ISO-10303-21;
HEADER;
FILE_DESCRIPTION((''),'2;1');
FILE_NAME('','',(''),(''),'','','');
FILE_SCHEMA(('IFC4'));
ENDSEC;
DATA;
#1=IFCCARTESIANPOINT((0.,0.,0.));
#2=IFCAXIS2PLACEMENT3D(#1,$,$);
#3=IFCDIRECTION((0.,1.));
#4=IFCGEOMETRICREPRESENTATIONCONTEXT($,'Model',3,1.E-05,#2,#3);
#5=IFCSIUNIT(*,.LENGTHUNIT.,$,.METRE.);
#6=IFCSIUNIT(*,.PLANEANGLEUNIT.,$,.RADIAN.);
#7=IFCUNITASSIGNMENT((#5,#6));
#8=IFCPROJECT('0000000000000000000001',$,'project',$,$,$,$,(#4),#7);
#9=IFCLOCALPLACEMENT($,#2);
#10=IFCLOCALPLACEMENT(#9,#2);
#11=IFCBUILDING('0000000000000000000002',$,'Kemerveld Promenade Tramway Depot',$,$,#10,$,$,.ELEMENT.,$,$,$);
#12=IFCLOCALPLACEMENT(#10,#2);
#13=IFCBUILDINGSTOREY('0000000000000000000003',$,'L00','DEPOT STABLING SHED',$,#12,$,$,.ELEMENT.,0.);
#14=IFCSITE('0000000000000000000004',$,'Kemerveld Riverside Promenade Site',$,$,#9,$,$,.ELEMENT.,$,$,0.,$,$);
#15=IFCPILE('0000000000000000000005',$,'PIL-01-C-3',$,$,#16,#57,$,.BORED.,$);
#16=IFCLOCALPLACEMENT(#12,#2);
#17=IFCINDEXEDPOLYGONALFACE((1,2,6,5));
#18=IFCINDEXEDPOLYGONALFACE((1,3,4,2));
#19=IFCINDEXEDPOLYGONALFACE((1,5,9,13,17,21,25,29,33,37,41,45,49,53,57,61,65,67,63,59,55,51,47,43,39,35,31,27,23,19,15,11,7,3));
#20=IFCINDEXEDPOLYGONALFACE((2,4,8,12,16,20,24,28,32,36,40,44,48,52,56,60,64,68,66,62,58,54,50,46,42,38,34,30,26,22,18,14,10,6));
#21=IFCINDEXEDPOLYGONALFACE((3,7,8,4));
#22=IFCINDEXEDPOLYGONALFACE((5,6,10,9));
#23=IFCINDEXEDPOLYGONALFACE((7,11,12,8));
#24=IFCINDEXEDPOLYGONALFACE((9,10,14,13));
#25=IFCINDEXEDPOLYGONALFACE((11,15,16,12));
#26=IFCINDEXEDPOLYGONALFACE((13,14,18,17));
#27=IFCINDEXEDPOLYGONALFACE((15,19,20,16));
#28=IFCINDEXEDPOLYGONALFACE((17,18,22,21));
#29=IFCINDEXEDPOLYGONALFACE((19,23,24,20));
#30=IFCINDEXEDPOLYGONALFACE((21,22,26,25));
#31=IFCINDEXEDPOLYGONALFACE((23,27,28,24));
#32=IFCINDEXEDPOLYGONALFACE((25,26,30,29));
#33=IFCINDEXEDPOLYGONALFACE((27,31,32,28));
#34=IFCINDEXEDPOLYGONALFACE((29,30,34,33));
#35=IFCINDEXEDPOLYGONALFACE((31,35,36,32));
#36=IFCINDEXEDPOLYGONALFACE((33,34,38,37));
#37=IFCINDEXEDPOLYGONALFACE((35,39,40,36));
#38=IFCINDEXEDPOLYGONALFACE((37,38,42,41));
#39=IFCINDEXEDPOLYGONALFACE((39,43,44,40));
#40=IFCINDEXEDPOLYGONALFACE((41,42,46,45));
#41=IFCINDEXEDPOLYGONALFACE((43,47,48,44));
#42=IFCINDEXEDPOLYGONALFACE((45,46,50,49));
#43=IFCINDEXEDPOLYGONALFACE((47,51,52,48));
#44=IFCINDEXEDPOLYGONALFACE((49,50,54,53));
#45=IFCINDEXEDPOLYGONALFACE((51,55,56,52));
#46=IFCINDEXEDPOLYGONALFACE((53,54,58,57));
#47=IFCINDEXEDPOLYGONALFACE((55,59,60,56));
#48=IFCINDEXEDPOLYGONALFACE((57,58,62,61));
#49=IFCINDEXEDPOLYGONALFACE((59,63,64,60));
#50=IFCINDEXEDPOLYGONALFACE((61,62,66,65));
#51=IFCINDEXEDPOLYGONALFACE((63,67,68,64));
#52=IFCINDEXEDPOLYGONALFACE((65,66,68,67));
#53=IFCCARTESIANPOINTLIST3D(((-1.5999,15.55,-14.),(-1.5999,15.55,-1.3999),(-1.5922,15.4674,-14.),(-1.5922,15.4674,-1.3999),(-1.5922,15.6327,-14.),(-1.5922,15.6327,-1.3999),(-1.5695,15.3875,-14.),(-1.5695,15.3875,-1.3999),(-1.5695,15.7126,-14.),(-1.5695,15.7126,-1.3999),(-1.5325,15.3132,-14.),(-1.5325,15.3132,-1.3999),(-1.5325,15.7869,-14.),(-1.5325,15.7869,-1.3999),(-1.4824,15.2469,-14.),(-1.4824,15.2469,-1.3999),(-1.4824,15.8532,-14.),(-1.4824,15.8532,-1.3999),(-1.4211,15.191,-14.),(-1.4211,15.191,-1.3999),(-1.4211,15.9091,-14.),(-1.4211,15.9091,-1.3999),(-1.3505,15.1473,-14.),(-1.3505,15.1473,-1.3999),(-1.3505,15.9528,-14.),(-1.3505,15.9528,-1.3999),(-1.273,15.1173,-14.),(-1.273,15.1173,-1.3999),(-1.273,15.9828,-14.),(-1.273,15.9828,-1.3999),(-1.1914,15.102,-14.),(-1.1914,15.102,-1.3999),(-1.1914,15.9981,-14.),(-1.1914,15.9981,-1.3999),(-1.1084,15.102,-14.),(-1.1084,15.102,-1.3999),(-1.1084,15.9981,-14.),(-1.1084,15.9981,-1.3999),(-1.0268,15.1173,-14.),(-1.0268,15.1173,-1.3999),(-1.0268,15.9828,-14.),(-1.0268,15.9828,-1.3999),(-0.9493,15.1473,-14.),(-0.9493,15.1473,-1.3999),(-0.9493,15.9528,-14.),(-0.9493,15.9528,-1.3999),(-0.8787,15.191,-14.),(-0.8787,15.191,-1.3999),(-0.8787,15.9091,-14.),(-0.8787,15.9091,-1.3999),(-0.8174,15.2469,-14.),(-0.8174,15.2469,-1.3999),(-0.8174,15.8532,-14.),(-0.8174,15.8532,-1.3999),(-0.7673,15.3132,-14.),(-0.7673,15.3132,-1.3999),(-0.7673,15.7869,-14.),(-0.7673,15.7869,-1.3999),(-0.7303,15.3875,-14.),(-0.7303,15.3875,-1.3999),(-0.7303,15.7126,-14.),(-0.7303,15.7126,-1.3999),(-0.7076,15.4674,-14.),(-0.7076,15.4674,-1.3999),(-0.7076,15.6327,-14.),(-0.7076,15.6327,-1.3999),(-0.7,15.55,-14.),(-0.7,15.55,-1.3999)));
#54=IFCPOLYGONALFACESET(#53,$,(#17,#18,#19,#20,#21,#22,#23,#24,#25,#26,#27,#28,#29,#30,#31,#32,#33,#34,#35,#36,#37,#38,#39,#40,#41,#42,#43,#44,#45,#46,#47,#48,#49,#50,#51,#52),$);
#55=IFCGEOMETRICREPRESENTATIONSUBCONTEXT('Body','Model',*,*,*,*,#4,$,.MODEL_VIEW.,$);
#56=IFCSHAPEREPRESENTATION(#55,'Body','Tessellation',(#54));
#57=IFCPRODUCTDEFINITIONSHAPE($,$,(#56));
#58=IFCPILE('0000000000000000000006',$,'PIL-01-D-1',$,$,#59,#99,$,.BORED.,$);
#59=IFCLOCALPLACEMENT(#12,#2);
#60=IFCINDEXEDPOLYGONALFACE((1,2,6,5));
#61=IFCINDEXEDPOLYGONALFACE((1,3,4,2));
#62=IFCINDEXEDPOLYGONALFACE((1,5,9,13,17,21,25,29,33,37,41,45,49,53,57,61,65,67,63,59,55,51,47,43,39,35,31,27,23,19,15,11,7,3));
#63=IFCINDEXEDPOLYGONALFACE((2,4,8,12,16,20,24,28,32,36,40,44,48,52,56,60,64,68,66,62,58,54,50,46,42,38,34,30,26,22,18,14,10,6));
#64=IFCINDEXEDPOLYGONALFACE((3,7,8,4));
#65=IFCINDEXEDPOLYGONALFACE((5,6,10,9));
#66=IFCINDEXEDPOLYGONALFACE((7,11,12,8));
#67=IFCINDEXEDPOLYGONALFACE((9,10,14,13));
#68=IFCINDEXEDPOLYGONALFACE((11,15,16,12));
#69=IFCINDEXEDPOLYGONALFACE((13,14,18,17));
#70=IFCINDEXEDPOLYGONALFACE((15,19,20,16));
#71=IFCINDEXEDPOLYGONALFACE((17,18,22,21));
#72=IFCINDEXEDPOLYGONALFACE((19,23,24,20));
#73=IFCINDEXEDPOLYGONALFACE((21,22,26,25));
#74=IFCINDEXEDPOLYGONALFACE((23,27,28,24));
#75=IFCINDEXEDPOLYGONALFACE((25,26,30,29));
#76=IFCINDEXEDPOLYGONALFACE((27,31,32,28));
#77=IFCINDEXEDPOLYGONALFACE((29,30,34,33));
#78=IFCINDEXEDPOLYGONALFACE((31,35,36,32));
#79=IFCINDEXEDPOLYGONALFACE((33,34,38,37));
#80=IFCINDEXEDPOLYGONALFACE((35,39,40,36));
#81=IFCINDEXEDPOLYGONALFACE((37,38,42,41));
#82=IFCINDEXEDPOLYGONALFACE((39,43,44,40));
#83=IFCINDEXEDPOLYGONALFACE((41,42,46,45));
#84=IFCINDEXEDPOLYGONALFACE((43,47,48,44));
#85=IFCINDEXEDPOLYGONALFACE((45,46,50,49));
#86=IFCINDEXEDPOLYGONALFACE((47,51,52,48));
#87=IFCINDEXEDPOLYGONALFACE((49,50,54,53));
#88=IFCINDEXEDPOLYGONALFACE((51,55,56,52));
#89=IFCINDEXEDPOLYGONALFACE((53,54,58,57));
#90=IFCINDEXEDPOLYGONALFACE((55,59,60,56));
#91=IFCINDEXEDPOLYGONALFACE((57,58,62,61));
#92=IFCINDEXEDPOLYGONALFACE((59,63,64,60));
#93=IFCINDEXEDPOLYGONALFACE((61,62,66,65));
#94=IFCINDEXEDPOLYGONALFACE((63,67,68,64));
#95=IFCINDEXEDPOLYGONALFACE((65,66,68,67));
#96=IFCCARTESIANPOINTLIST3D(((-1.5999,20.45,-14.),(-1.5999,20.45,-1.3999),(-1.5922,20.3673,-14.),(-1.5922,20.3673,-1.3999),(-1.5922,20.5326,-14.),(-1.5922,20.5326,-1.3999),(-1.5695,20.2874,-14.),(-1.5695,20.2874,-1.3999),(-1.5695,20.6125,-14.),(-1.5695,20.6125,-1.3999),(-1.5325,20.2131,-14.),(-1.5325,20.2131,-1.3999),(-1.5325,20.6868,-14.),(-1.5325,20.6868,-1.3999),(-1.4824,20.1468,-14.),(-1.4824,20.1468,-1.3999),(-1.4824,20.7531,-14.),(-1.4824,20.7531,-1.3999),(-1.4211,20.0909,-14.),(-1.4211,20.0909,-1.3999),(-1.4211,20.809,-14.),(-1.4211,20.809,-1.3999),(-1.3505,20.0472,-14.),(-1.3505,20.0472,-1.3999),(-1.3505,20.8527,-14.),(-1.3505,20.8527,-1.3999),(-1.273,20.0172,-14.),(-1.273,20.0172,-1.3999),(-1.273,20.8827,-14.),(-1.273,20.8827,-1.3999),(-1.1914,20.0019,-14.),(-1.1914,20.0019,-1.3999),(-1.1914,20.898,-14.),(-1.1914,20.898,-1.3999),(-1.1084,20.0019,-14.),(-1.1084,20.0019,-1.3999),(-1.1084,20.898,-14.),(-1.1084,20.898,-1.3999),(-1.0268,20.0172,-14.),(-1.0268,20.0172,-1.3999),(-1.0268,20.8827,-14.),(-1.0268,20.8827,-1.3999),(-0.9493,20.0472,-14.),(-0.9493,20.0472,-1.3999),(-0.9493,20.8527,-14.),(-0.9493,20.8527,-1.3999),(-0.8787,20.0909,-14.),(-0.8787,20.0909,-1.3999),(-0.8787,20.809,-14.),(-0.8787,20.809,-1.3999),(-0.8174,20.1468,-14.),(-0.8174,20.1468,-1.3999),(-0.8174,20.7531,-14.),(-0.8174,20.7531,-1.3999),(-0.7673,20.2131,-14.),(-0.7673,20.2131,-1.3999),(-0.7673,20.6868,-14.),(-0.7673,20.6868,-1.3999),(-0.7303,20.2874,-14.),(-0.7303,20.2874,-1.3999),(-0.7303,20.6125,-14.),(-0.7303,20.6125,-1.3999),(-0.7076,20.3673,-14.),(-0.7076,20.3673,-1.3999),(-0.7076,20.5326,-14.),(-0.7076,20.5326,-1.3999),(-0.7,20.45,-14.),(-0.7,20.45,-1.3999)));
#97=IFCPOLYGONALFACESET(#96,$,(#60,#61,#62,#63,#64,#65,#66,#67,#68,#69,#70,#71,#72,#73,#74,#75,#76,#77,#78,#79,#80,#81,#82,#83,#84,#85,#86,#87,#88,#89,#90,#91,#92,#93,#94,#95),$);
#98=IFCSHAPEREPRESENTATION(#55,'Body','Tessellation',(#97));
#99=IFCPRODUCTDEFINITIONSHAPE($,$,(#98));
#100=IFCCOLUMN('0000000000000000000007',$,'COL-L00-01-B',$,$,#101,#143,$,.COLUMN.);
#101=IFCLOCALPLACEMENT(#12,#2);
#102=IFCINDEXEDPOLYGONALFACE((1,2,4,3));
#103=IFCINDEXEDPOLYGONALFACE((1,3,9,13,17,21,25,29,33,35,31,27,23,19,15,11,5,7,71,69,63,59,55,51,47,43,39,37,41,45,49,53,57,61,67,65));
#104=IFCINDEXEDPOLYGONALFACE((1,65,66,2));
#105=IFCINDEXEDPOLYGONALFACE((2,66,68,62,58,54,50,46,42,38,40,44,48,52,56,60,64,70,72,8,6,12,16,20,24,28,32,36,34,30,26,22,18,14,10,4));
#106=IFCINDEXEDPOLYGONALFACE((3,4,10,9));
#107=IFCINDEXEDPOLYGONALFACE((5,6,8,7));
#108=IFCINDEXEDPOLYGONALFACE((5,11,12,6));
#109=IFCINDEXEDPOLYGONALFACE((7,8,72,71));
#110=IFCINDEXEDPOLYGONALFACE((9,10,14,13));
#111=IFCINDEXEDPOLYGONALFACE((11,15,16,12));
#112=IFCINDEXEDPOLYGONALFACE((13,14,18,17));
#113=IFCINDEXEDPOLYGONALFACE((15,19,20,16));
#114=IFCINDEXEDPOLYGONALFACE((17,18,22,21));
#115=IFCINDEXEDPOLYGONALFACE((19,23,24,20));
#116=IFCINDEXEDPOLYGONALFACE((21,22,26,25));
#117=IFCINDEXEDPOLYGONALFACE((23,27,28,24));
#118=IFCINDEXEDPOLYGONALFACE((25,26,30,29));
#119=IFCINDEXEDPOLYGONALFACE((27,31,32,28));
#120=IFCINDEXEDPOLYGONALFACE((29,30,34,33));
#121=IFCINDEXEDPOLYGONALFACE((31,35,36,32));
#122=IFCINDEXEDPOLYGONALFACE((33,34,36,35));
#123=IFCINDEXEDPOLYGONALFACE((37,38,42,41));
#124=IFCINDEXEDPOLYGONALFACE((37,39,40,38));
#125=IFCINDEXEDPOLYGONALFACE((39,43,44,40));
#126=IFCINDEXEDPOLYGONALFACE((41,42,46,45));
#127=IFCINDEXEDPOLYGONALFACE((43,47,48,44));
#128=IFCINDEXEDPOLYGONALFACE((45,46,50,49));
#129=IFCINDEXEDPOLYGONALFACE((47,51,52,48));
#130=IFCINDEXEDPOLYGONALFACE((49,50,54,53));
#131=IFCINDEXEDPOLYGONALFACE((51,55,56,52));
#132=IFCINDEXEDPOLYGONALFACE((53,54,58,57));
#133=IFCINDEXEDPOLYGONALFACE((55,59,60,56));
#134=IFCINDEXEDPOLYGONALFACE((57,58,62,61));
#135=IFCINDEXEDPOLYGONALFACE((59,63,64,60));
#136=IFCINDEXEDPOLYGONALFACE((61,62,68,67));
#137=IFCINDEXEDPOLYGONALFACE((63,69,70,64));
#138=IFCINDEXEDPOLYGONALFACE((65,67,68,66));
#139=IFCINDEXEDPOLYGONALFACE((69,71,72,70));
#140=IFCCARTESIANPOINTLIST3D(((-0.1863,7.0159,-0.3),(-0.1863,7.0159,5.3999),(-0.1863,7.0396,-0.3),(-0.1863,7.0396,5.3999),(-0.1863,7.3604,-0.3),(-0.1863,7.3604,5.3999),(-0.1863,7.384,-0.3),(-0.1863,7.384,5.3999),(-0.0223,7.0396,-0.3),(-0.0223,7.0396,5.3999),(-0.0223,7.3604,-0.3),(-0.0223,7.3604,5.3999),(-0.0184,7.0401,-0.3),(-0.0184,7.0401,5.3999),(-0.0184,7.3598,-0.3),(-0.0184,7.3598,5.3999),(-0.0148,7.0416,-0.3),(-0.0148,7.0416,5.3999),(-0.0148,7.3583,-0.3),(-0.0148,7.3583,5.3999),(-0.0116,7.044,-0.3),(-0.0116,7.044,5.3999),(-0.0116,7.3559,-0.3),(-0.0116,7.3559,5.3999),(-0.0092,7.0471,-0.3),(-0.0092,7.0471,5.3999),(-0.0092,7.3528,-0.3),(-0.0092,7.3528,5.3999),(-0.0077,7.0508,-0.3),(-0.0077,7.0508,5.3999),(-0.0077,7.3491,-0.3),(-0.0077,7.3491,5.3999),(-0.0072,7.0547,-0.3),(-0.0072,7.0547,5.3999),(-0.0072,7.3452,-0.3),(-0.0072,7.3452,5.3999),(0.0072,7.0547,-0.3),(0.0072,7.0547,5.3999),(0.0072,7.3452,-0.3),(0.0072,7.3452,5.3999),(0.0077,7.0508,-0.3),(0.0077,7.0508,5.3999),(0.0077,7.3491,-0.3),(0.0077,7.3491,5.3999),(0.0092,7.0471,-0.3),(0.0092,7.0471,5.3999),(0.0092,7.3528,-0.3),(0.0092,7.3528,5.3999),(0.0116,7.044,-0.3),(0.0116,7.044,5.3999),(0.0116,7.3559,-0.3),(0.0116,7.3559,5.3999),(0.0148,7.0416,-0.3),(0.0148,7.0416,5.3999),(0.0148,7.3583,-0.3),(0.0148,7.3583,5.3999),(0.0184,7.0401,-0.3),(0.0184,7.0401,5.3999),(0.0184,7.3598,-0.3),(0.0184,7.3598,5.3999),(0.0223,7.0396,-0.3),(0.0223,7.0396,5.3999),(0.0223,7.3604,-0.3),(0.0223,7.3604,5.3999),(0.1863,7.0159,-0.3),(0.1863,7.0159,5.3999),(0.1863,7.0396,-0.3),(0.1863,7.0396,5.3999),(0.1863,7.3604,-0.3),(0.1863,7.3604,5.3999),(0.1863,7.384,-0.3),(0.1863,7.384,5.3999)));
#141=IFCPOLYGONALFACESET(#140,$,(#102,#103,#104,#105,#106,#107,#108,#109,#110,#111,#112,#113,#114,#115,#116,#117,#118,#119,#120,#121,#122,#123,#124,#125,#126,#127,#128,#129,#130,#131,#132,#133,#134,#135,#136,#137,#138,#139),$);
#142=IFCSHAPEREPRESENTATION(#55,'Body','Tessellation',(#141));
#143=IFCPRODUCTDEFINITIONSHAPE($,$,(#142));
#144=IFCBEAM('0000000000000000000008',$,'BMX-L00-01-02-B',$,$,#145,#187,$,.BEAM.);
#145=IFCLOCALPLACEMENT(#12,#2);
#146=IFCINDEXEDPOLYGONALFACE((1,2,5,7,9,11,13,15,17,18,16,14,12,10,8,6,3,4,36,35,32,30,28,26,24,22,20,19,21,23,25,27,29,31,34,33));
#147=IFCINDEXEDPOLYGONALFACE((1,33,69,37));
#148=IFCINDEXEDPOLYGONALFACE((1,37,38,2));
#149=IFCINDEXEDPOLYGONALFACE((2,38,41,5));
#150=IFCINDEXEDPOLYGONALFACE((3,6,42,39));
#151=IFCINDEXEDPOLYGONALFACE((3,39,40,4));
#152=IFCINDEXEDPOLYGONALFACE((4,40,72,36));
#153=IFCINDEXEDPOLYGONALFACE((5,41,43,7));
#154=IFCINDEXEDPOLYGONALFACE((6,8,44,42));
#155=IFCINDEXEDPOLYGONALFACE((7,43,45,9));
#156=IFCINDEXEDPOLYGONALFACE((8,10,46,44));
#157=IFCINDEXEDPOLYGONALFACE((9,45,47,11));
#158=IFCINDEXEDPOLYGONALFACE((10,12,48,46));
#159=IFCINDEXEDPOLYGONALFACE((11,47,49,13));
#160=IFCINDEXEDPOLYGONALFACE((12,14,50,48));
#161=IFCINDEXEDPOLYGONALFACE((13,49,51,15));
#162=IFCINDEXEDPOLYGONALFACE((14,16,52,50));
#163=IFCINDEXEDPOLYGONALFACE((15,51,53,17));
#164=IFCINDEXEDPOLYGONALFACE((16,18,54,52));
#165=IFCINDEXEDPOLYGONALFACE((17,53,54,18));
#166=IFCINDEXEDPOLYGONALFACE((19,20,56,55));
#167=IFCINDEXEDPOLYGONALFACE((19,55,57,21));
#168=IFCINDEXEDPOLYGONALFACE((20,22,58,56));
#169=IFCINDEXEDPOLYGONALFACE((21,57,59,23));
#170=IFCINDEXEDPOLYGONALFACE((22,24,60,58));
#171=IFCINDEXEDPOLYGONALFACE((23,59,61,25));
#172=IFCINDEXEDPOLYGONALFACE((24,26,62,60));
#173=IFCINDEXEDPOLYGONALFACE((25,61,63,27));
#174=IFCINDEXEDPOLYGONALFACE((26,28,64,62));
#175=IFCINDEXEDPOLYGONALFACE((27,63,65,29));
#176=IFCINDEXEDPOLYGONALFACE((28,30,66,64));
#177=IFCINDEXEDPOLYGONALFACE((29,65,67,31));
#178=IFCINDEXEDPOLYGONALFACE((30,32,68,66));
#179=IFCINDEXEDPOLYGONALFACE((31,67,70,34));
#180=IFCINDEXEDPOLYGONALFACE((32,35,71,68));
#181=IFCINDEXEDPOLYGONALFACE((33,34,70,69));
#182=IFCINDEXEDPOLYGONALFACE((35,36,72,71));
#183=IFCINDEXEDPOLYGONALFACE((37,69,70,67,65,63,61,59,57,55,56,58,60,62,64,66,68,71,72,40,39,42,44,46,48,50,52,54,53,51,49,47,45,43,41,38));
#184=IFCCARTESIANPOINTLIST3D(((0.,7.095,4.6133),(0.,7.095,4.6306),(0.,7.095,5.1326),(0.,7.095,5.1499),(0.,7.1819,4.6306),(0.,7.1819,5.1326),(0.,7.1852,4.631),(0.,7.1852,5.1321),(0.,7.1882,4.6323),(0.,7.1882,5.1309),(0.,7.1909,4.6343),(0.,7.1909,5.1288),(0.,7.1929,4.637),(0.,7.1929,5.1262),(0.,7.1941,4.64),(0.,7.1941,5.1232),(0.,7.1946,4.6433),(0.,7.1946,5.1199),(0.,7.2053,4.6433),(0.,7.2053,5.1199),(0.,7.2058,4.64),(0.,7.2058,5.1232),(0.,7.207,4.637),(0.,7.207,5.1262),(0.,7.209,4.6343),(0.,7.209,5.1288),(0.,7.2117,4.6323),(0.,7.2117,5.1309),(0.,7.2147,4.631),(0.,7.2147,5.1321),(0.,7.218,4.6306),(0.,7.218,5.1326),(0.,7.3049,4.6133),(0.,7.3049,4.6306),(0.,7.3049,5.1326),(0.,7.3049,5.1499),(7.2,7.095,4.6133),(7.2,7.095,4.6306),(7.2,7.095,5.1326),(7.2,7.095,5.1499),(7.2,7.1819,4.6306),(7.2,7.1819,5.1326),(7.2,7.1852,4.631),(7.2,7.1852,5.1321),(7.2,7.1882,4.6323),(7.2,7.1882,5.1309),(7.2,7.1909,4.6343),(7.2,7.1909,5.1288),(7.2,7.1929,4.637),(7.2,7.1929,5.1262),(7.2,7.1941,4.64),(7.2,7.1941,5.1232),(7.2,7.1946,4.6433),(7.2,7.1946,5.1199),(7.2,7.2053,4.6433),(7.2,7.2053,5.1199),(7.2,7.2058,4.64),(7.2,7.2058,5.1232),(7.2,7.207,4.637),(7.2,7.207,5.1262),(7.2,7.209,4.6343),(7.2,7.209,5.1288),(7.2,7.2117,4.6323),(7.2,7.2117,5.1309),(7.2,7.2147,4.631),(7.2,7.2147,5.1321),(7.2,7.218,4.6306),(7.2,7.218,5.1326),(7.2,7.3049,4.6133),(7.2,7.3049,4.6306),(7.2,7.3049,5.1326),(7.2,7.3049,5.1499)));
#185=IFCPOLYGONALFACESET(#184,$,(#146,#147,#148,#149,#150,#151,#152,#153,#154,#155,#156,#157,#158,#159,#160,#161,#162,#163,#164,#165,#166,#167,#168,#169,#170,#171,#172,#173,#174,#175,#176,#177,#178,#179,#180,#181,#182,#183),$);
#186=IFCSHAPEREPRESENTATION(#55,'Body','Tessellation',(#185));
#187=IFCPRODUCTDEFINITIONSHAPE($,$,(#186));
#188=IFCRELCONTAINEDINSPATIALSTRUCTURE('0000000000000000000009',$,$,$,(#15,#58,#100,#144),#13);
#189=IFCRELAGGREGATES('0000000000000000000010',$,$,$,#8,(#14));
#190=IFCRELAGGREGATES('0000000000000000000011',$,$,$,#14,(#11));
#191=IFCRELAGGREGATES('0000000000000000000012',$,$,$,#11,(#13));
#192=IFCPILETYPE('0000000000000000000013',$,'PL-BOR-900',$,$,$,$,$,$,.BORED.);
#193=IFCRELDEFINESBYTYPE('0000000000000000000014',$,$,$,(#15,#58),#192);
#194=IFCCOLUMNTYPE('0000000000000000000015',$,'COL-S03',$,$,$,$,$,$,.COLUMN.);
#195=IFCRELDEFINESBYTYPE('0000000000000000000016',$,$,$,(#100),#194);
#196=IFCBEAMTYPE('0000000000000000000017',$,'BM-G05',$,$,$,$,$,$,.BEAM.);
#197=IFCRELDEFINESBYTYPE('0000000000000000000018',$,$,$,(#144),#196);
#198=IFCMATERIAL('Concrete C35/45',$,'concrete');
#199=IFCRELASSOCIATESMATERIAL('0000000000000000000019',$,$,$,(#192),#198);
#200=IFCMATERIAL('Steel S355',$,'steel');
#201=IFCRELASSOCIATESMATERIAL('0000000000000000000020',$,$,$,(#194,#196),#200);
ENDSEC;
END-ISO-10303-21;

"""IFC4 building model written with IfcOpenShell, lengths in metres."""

from ifc_helpers import new_model, si_unit, direction, frame, origin, origin_2d, place, context, subcontext, project, spatial, circle, i_section, extrude, material, material_profile, profile_set, type_object, element, save


model = new_model("IFC4")

# Units and contexts
model_context = context("Model", 3, precision=1e-05, world=origin(), true_north=direction((0.0, 1.0)))
body_context = subcontext(model_context, "Body", "Model", "MODEL_VIEW")
ifc_project = project(units=[si_unit("LENGTHUNIT", "METRE"), si_unit("PLANEANGLEUNIT", "RADIAN")], contexts=[model_context])

# Site, building, storey
site_placement = place(None, origin())
site = spatial("IfcSite", under=ifc_project, at=site_placement, Name="Kemerveld Riverside Promenade Site", CompositionType="ELEMENT", RefElevation=0.0)
building_placement = place(site_placement, origin())
building = spatial("IfcBuilding", under=site, at=building_placement, Name="Kemerveld Promenade Tramway Depot", CompositionType="ELEMENT")
storey_placement = place(building_placement, origin())
storey = spatial("IfcBuildingStorey", under=building, at=storey_placement, Name="L00", Description="DEPOT STABLING SHED", CompositionType="ELEMENT", Elevation=0.0)

# Shared definitions
ifc_material_1 = material(Name="Concrete C35/45", Category="concrete")

# Piles
ifc_material_profile_1 = material_profile(ifc_material_1, circle(Radius=0.45, at=origin_2d()), Name="PILE-D900")
ifc_profile_set_1 = profile_set([ifc_material_profile_1], Name="Concrete C35/45")
pile_type = type_object("IfcPileType", Name="PL-BOR-900", PredefinedType="BORED", material=ifc_profile_set_1)
for number, where, z_axis, x_axis, name in (
    (1, (-1.1499, 15.55, -1.3999), (0.0, 0.0, -1.0), (1.0, 0.0, 0.0), "PIL-01-C-3"),
    (2, (-1.1499, 20.45, -1.3999), (0.0, 0.0, -1.0), (1.0, 0.0, 0.0), "PIL-01-D-1"),
):
    element("IfcPile", number, at=place(storey_placement, frame(where, z_axis=z_axis, x_axis=x_axis)), inside=storey, type_object=pile_type, Name=name, PredefinedType="BORED", context=body_context, shape_type="SweptSolid", body=[
        extrude(circle(Radius=0.45, at=origin_2d()), origin(), (0.0, 0.0, 1.0), 12.6001),
    ])

# Column
ifc_material_2 = material(Name="Steel S355", Category="steel")
ifc_material_profile_2 = material_profile(ifc_material_2, i_section(OverallWidth=0.3726, OverallDepth=0.3682, WebThickness=0.0144, FlangeThickness=0.0237, FilletRadius=0.0151, at=origin_2d()), Name="356x368x177 UC")
ifc_profile_set_2 = profile_set([ifc_material_profile_2], Name="Steel S355")
column_type = type_object("IfcColumnType", Name="COL-S03", PredefinedType="COLUMN", material=ifc_profile_set_2)
column_placement = place(storey_placement, frame((0.0, 7.2, -0.3), z_axis=(0.0, 0.0, 1.0), x_axis=(1.0, 0.0, 0.0)))
element("IfcColumn", 3, at=column_placement, inside=storey, type_object=column_type, Name="COL-L00-01-B", PredefinedType="COLUMN", context=body_context, shape_type="SweptSolid", body=[
    extrude(i_section(OverallWidth=0.3726, OverallDepth=0.3682, WebThickness=0.0144, FlangeThickness=0.0237, FilletRadius=0.0151, at=origin_2d()), origin(), (0.0, 0.0, 1.0), 5.7),
])

# Beam
ifc_material_profile_3 = material_profile(ifc_material_2, i_section(OverallWidth=0.21, OverallDepth=0.5366, WebThickness=0.0107, FlangeThickness=0.0173, FilletRadius=0.0127, at=origin_2d()), Name="533x210x101 UB")
ifc_profile_set_3 = profile_set([ifc_material_profile_3], Name="Steel S355")
beam_type_1 = type_object("IfcBeamType", Name="BM-G05", PredefinedType="BEAM", material=ifc_profile_set_3)
beam_1_placement = place(storey_placement, frame((0.0, 7.2, 4.8816), z_axis=(1.0, 0.0, 0.0), x_axis=(0.0, 1.0, 0.0)))
element("IfcBeam", 4, at=beam_1_placement, inside=storey, type_object=beam_type_1, Name="BMX-L00-01-02-B", PredefinedType="BEAM", context=body_context, shape_type="SweptSolid", body=[
    extrude(i_section(OverallWidth=0.21, OverallDepth=0.5366, WebThickness=0.0107, FlangeThickness=0.0173, FilletRadius=0.0127, at=origin_2d()), origin(), (0.0, 0.0, 1.0), 7.2),
])

save(model, "model.ifc")
